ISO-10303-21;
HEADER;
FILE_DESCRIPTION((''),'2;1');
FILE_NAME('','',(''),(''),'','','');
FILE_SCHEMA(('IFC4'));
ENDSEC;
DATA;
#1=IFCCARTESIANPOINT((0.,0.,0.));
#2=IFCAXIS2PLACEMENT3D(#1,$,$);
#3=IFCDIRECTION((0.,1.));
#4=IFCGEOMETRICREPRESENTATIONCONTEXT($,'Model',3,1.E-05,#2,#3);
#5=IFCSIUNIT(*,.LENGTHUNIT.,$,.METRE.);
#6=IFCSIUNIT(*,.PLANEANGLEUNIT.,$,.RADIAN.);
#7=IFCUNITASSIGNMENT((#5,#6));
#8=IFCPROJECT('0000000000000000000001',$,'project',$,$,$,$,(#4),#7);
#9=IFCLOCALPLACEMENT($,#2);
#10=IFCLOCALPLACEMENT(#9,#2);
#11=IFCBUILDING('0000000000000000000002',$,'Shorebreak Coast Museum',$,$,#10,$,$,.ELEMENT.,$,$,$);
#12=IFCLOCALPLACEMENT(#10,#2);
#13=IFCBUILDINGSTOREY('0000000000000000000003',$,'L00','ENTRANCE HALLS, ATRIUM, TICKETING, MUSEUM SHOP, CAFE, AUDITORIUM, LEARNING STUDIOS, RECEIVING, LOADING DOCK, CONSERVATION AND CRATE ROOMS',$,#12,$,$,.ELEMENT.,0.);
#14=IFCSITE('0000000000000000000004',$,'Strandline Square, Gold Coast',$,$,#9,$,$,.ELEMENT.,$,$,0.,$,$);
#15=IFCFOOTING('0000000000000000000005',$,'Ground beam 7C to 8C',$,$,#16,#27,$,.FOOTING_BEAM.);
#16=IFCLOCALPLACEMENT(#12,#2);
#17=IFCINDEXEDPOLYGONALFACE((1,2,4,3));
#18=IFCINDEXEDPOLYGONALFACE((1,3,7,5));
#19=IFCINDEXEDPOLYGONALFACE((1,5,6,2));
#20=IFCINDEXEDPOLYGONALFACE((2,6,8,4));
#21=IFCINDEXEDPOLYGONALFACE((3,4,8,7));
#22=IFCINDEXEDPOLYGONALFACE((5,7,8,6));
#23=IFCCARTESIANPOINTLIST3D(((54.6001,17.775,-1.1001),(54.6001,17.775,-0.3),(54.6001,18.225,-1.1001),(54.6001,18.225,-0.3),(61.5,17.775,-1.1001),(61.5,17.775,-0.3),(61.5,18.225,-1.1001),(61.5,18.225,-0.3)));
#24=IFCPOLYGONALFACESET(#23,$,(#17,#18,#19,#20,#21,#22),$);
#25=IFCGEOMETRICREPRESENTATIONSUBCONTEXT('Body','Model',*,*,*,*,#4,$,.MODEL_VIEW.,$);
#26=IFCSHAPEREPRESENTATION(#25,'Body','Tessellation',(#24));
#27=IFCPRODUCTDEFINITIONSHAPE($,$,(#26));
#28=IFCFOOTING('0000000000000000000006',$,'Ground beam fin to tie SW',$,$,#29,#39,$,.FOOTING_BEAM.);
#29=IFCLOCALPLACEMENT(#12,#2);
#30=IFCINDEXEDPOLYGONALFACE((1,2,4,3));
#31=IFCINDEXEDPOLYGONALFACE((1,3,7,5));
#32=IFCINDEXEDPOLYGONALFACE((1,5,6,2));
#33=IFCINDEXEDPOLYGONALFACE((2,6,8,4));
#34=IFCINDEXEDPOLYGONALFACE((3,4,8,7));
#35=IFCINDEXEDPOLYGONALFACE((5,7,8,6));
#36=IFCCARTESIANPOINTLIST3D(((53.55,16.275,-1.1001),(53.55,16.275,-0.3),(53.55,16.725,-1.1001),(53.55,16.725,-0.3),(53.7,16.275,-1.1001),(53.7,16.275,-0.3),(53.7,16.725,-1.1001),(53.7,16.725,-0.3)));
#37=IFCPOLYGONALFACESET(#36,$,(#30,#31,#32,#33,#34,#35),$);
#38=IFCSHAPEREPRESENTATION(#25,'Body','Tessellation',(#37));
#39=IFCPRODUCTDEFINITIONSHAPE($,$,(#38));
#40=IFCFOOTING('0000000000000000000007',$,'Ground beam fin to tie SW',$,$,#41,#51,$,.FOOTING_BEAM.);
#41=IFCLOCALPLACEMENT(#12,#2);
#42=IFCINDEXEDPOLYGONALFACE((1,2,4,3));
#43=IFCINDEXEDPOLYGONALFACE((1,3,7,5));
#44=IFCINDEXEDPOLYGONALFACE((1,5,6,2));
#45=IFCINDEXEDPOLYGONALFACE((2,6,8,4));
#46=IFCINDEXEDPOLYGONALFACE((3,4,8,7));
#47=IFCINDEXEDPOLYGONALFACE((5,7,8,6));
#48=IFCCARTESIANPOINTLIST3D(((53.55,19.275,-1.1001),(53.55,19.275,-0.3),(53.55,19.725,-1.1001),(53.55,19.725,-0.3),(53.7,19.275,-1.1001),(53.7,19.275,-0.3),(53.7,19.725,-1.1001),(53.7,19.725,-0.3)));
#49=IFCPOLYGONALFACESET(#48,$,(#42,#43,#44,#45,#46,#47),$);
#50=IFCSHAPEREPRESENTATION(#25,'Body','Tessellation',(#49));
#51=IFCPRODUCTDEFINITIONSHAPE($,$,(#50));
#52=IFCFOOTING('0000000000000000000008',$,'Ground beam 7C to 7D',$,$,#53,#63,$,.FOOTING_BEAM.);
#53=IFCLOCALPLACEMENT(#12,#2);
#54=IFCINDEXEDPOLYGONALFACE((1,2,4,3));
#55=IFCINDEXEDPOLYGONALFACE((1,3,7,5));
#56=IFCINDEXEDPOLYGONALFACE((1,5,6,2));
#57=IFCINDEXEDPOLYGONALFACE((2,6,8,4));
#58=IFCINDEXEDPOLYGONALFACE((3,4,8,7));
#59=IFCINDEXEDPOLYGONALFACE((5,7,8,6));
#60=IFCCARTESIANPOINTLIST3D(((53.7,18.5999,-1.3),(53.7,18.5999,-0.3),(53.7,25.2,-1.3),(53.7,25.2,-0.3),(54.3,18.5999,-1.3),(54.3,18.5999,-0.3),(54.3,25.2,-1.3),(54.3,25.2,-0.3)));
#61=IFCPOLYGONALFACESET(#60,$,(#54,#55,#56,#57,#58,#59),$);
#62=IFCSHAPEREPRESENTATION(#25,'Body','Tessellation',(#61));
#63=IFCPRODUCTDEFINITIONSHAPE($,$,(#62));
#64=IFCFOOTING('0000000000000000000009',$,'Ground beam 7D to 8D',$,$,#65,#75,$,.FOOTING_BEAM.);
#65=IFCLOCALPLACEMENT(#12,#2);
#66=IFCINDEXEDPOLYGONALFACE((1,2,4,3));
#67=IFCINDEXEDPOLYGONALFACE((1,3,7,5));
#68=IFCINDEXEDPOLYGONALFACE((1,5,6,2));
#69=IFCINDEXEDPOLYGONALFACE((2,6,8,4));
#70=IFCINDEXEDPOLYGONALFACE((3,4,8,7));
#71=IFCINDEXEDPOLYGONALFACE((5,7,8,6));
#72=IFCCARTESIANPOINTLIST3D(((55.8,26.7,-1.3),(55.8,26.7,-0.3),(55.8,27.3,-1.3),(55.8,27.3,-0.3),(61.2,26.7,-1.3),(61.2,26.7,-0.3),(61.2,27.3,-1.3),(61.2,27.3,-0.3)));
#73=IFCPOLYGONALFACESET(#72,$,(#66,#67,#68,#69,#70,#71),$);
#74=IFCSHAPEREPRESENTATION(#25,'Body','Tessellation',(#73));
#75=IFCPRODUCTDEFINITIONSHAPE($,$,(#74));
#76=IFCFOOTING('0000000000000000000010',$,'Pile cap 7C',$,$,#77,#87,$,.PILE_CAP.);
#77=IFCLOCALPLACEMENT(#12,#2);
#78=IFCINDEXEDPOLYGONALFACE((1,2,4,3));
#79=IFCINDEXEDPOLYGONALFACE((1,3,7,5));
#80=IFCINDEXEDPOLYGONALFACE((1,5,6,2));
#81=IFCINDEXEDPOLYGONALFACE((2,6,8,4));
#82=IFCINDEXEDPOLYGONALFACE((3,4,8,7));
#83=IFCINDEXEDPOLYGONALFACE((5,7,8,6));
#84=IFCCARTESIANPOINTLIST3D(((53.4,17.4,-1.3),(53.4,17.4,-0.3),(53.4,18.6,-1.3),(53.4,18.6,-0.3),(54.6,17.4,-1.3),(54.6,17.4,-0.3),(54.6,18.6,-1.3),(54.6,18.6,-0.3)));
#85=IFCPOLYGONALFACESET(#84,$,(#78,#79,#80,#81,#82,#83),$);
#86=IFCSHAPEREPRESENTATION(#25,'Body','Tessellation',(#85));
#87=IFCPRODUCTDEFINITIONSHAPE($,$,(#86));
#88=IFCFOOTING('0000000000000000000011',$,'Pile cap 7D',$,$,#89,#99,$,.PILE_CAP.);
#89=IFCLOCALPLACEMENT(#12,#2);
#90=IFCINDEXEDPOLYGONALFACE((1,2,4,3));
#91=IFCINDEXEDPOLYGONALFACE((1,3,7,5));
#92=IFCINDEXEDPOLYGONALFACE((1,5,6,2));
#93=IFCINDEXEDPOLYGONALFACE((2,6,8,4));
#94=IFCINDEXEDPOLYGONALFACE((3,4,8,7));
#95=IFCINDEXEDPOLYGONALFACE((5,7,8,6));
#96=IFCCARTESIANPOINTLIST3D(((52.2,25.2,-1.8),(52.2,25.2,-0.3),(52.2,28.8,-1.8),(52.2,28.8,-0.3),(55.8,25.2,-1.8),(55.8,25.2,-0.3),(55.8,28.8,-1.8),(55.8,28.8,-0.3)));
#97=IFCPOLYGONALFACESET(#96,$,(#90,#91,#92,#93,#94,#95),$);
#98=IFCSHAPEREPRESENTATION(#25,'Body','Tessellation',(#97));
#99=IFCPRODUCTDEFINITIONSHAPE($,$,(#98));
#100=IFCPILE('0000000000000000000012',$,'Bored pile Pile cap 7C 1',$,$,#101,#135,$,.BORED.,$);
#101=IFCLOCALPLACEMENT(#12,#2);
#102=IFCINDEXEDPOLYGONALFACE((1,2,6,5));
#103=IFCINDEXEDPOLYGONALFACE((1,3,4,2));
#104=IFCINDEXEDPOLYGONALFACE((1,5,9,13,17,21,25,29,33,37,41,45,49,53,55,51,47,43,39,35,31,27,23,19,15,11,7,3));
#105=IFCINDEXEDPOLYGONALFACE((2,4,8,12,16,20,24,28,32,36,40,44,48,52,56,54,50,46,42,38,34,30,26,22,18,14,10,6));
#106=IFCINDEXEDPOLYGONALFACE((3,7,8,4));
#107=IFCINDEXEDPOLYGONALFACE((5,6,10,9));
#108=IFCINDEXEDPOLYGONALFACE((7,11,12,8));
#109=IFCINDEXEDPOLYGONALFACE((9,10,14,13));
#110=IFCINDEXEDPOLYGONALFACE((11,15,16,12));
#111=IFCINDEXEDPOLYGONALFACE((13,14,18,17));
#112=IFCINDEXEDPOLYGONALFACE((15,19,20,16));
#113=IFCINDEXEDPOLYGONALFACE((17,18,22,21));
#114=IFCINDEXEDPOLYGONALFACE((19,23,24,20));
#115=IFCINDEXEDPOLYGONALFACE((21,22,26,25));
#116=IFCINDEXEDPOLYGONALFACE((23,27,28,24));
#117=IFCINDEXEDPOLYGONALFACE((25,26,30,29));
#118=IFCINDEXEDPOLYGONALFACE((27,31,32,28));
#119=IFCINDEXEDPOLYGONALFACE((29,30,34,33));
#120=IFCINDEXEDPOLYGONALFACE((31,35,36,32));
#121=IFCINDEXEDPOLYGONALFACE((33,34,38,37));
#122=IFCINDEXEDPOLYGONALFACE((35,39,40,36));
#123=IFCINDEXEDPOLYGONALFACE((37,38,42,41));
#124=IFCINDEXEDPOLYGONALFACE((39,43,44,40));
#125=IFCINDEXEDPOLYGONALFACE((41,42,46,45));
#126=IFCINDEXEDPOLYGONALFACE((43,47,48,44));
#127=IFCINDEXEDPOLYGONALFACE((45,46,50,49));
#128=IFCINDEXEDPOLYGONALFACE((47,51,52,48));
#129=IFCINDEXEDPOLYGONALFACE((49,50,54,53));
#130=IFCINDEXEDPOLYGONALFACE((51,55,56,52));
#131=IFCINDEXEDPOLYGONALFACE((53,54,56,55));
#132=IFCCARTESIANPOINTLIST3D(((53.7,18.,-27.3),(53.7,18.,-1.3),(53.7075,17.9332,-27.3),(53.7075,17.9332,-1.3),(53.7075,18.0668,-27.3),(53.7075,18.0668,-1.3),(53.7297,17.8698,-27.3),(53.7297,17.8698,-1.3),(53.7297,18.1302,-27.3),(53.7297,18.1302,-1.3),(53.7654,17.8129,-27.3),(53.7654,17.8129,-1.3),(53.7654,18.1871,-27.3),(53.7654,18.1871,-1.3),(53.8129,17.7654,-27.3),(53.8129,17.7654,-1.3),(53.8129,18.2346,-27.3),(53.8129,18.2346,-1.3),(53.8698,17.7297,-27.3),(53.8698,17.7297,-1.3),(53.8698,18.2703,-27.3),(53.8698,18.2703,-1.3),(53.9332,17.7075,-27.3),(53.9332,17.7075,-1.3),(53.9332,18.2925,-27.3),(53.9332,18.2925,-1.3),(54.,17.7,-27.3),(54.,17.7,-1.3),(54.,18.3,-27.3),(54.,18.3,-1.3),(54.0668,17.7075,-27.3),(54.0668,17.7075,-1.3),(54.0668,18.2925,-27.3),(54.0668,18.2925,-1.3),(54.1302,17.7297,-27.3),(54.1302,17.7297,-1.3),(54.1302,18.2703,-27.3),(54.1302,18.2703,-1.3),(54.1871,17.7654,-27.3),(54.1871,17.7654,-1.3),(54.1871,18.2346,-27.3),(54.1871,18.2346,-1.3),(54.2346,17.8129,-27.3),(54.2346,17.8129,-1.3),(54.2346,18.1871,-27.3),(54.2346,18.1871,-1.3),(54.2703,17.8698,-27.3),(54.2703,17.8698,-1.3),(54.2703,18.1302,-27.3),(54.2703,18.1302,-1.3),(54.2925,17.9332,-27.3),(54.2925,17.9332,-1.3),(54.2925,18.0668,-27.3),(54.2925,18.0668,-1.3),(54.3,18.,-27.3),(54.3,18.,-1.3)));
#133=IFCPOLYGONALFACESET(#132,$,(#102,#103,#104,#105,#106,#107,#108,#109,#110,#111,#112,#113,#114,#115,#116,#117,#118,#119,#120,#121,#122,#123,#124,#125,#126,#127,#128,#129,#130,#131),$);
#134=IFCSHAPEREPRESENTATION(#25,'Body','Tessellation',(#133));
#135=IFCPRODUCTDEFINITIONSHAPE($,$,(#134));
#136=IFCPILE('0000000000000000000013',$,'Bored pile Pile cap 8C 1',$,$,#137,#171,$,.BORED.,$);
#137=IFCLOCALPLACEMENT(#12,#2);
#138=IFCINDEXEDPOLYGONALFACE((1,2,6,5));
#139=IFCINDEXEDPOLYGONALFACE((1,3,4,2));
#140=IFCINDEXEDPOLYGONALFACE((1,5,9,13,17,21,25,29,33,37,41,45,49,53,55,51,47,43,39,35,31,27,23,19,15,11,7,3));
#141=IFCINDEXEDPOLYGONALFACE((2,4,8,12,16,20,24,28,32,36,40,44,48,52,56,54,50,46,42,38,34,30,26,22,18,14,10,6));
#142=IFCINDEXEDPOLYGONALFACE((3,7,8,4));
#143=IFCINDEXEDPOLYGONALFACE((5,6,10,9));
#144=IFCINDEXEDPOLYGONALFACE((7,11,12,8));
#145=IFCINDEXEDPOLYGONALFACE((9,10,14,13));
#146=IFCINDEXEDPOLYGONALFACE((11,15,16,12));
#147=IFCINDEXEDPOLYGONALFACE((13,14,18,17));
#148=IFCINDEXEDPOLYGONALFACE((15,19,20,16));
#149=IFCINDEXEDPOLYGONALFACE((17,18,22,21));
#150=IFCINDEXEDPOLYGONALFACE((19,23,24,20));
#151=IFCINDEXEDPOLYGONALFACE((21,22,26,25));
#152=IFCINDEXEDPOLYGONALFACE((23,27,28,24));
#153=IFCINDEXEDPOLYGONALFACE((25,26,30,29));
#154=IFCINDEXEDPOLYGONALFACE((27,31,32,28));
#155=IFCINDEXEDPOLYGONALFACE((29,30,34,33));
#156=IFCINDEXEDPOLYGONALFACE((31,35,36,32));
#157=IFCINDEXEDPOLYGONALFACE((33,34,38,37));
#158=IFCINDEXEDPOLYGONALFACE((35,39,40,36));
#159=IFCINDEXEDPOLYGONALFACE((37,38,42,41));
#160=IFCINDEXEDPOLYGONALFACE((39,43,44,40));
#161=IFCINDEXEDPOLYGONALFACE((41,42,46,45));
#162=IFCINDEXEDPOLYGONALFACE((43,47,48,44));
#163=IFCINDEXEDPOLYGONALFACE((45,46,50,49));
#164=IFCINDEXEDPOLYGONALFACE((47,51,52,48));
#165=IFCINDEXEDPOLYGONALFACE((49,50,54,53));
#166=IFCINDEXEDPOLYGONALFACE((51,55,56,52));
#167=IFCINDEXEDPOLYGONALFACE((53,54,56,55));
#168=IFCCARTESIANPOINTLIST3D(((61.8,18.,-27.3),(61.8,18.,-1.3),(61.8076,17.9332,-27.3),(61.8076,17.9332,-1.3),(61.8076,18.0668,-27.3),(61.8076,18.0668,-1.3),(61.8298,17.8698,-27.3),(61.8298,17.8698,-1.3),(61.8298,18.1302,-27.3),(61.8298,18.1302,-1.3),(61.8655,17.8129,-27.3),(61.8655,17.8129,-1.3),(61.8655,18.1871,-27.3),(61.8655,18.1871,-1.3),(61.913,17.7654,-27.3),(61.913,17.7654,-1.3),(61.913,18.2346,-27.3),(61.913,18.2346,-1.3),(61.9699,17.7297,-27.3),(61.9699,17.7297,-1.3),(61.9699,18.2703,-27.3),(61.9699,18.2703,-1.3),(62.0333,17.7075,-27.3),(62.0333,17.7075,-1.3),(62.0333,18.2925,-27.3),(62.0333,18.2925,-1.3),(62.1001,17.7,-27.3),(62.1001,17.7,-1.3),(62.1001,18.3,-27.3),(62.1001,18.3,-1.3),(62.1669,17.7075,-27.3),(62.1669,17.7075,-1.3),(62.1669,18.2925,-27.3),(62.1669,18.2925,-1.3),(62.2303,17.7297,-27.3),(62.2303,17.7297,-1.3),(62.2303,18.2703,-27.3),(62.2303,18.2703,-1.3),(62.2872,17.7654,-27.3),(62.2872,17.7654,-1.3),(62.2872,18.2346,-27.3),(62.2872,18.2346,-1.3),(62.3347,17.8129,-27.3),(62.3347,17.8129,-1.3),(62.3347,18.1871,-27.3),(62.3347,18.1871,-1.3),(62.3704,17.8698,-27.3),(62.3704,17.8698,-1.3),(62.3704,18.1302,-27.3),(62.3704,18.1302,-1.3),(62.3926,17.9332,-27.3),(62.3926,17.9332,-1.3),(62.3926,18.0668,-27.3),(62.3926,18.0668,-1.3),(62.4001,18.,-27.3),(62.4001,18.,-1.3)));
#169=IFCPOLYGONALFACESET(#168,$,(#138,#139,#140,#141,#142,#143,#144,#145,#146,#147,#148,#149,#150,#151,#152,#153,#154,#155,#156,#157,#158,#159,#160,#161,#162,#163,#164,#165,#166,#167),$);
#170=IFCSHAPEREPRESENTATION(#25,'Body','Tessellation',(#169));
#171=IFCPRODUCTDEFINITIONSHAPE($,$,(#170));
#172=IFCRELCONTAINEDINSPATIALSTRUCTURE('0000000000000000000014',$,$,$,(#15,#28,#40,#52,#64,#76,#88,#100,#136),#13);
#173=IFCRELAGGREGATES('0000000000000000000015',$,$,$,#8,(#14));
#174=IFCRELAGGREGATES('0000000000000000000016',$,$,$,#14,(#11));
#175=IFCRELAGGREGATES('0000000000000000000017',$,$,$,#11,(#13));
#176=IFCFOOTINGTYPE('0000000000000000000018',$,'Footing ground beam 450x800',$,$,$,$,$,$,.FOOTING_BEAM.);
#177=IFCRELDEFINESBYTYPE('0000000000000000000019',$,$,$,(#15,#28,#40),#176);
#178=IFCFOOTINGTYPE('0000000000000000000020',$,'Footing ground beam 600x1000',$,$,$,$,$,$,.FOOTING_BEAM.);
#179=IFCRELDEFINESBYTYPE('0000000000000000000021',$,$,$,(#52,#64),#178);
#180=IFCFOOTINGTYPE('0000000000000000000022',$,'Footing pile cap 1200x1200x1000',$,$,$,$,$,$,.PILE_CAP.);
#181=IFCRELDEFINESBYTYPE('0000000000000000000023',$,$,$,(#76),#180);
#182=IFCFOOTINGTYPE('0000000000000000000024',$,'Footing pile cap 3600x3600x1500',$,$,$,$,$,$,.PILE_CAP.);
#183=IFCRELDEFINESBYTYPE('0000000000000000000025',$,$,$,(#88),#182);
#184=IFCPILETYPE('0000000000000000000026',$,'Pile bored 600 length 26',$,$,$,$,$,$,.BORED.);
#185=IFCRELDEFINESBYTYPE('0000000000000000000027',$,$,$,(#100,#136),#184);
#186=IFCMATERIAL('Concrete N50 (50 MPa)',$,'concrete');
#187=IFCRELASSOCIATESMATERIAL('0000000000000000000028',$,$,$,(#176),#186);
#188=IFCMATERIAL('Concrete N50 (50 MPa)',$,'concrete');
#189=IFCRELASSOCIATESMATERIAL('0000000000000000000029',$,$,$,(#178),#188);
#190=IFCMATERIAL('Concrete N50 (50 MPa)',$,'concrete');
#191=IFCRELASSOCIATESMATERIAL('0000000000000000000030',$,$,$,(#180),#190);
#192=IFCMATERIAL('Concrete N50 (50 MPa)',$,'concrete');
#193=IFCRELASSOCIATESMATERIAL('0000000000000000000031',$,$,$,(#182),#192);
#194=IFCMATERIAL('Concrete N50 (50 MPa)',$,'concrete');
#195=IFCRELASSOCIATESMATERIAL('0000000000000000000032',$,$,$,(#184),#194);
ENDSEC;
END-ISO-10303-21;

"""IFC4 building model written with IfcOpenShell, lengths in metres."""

from ifc_helpers import new_model, si_unit, direction, frame, origin, origin_2d, place, context, subcontext, project, spatial, rectangle, circle, extrude, material, material_profile, profile_set, type_object, element, save


model = new_model("IFC4")

# Units and contexts
model_context = context("Model", 3, precision=1e-05, world=origin(), true_north=direction((0.0, 1.0)))
body_context = subcontext(model_context, "Body", "Model", "MODEL_VIEW")
ifc_project = project(units=[si_unit("LENGTHUNIT", "METRE"), si_unit("PLANEANGLEUNIT", "RADIAN")], contexts=[model_context])

# Site, building, storey
site_placement = place(None, origin())
site = spatial("IfcSite", under=ifc_project, at=site_placement, Name="Strandline Square, Gold Coast", CompositionType="ELEMENT", RefElevation=0.0)
building_placement = place(site_placement, origin())
building = spatial("IfcBuilding", under=site, at=building_placement, Name="Shorebreak Coast Museum", CompositionType="ELEMENT")
storey_placement = place(building_placement, origin())
storey = spatial("IfcBuildingStorey", under=building, at=storey_placement, Name="L00", Description="ENTRANCE HALLS, ATRIUM, TICKETING, MUSEUM SHOP, CAFE, AUDITORIUM, LEARNING STUDIOS, RECEIVING, LOADING DOCK, CONSERVATION AND CRATE ROOMS", CompositionType="ELEMENT", Elevation=0.0)

# Footings
ifc_material_1 = material(Name="Concrete N50 (50 MPa)", Category="concrete")
footing_type_1 = type_object("IfcFootingType", Name="Footing ground beam 450x800", PredefinedType="FOOTING_BEAM", material=ifc_material_1)
footing_1_placement = place(storey_placement, frame((58.05, 18.0, -1.1001), z_axis=(0.0, 0.0, 1.0), x_axis=(1.0, 0.0, 0.0)))
element("IfcFooting", 1, at=footing_1_placement, inside=storey, type_object=footing_type_1, Name="Ground beam 7C to 8C", PredefinedType="FOOTING_BEAM", context=body_context, shape_type="SweptSolid", body=[
    extrude(rectangle(XDim=6.8999, YDim=0.45, at=origin_2d()), origin(), (0.0, 0.0, 1.0), 0.8),
])
for number, where, z_axis, x_axis, name in (
    (2, (53.625, 16.5, -1.1001), (0.0, 0.0, 1.0), (1.0, 0.0, 0.0), "Ground beam fin to tie SW"),
    (3, (53.625, 19.5, -1.1001), (0.0, 0.0, 1.0), (1.0, 0.0, 0.0), "Ground beam fin to tie SW"),
):
    element("IfcFooting", number, at=place(storey_placement, frame(where, z_axis=z_axis, x_axis=x_axis)), inside=storey, type_object=footing_type_1, Name=name, PredefinedType="FOOTING_BEAM", context=body_context, shape_type="SweptSolid", body=[
        extrude(rectangle(XDim=0.1499, YDim=0.45, at=origin_2d()), origin(), (0.0, 0.0, 1.0), 0.8),
    ])
ifc_material_2 = material(Name="Concrete N50 (50 MPa)", Category="concrete")
footing_type_2 = type_object("IfcFootingType", Name="Footing ground beam 600x1000", PredefinedType="FOOTING_BEAM", material=ifc_material_2)
footing_2_placement = place(storey_placement, frame((54.0, 21.8999, -1.3), z_axis=(0.0, 0.0, 1.0), x_axis=(1.0, 0.0, 0.0)))
element("IfcFooting", 4, at=footing_2_placement, inside=storey, type_object=footing_type_2, Name="Ground beam 7C to 7D", PredefinedType="FOOTING_BEAM", context=body_context, shape_type="SweptSolid", body=[
    extrude(rectangle(XDim=0.6001, YDim=6.6001, at=origin_2d()), origin(), (0.0, 0.0, 1.0), 1.0),
])
footing_3_placement = place(storey_placement, frame((58.5, 27.0, -1.3), z_axis=(0.0, 0.0, 1.0), x_axis=(1.0, 0.0, 0.0)))
element("IfcFooting", 5, at=footing_3_placement, inside=storey, type_object=footing_type_2, Name="Ground beam 7D to 8D", PredefinedType="FOOTING_BEAM", context=body_context, shape_type="SweptSolid", body=[
    extrude(rectangle(XDim=5.3999, YDim=0.6001, at=origin_2d()), origin(), (0.0, 0.0, 1.0), 1.0),
])
ifc_material_3 = material(Name="Concrete N50 (50 MPa)", Category="concrete")
footing_type_3 = type_object("IfcFootingType", Name="Footing pile cap 1200x1200x1000", PredefinedType="PILE_CAP", material=ifc_material_3)
footing_4_placement = place(storey_placement, frame((54.0, 18.0, -1.3), z_axis=(0.0, 0.0, 1.0), x_axis=(1.0, 0.0, 0.0)))
element("IfcFooting", 6, at=footing_4_placement, inside=storey, type_object=footing_type_3, Name="Pile cap 7C", PredefinedType="PILE_CAP", context=body_context, shape_type="SweptSolid", body=[
    extrude(rectangle(XDim=1.2, YDim=1.2, at=origin_2d()), origin(), (0.0, 0.0, 1.0), 1.0),
])
ifc_material_4 = material(Name="Concrete N50 (50 MPa)", Category="concrete")
footing_type_4 = type_object("IfcFootingType", Name="Footing pile cap 3600x3600x1500", PredefinedType="PILE_CAP", material=ifc_material_4)
footing_5_placement = place(storey_placement, frame((54.0, 27.0, -1.8), z_axis=(0.0, 0.0, 1.0), x_axis=(1.0, 0.0, 0.0)))
element("IfcFooting", 7, at=footing_5_placement, inside=storey, type_object=footing_type_4, Name="Pile cap 7D", PredefinedType="PILE_CAP", context=body_context, shape_type="SweptSolid", body=[
    extrude(rectangle(XDim=3.6001, YDim=3.6001, at=origin_2d()), origin(), (0.0, 0.0, 1.0), 1.5),
])

# Piles
ifc_material_5 = material(Name="Concrete N50 (50 MPa)", Category="concrete")
ifc_material_profile_1 = material_profile(ifc_material_5, circle(Radius=0.3, at=origin_2d()), Name="Pile bored 600 length 26")
ifc_profile_set_1 = profile_set([ifc_material_profile_1], Name="Concrete N50 (50 MPa)")
pile_type_1 = type_object("IfcPileType", Name="Pile bored 600 length 26", PredefinedType="BORED", material=ifc_profile_set_1)
for number, where, z_axis, x_axis, name in (
    (8, (54.0, 18.0, -1.3), (0.0, 0.0, -1.0), (1.0, 0.0, 0.0), "Bored pile Pile cap 7C 1"),
    (9, (62.1001, 18.0, -1.3), (0.0, 0.0, -1.0), (1.0, 0.0, 0.0), "Bored pile Pile cap 8C 1"),
):
    element("IfcPile", number, at=place(storey_placement, frame(where, z_axis=z_axis, x_axis=x_axis)), inside=storey, type_object=pile_type_1, Name=name, PredefinedType="BORED", context=body_context, shape_type="SweptSolid", body=[
        extrude(circle(Radius=0.3, at=origin_2d()), origin(), (0.0, 0.0, 1.0), 26.0),
    ])

save(model, "model.ifc")
